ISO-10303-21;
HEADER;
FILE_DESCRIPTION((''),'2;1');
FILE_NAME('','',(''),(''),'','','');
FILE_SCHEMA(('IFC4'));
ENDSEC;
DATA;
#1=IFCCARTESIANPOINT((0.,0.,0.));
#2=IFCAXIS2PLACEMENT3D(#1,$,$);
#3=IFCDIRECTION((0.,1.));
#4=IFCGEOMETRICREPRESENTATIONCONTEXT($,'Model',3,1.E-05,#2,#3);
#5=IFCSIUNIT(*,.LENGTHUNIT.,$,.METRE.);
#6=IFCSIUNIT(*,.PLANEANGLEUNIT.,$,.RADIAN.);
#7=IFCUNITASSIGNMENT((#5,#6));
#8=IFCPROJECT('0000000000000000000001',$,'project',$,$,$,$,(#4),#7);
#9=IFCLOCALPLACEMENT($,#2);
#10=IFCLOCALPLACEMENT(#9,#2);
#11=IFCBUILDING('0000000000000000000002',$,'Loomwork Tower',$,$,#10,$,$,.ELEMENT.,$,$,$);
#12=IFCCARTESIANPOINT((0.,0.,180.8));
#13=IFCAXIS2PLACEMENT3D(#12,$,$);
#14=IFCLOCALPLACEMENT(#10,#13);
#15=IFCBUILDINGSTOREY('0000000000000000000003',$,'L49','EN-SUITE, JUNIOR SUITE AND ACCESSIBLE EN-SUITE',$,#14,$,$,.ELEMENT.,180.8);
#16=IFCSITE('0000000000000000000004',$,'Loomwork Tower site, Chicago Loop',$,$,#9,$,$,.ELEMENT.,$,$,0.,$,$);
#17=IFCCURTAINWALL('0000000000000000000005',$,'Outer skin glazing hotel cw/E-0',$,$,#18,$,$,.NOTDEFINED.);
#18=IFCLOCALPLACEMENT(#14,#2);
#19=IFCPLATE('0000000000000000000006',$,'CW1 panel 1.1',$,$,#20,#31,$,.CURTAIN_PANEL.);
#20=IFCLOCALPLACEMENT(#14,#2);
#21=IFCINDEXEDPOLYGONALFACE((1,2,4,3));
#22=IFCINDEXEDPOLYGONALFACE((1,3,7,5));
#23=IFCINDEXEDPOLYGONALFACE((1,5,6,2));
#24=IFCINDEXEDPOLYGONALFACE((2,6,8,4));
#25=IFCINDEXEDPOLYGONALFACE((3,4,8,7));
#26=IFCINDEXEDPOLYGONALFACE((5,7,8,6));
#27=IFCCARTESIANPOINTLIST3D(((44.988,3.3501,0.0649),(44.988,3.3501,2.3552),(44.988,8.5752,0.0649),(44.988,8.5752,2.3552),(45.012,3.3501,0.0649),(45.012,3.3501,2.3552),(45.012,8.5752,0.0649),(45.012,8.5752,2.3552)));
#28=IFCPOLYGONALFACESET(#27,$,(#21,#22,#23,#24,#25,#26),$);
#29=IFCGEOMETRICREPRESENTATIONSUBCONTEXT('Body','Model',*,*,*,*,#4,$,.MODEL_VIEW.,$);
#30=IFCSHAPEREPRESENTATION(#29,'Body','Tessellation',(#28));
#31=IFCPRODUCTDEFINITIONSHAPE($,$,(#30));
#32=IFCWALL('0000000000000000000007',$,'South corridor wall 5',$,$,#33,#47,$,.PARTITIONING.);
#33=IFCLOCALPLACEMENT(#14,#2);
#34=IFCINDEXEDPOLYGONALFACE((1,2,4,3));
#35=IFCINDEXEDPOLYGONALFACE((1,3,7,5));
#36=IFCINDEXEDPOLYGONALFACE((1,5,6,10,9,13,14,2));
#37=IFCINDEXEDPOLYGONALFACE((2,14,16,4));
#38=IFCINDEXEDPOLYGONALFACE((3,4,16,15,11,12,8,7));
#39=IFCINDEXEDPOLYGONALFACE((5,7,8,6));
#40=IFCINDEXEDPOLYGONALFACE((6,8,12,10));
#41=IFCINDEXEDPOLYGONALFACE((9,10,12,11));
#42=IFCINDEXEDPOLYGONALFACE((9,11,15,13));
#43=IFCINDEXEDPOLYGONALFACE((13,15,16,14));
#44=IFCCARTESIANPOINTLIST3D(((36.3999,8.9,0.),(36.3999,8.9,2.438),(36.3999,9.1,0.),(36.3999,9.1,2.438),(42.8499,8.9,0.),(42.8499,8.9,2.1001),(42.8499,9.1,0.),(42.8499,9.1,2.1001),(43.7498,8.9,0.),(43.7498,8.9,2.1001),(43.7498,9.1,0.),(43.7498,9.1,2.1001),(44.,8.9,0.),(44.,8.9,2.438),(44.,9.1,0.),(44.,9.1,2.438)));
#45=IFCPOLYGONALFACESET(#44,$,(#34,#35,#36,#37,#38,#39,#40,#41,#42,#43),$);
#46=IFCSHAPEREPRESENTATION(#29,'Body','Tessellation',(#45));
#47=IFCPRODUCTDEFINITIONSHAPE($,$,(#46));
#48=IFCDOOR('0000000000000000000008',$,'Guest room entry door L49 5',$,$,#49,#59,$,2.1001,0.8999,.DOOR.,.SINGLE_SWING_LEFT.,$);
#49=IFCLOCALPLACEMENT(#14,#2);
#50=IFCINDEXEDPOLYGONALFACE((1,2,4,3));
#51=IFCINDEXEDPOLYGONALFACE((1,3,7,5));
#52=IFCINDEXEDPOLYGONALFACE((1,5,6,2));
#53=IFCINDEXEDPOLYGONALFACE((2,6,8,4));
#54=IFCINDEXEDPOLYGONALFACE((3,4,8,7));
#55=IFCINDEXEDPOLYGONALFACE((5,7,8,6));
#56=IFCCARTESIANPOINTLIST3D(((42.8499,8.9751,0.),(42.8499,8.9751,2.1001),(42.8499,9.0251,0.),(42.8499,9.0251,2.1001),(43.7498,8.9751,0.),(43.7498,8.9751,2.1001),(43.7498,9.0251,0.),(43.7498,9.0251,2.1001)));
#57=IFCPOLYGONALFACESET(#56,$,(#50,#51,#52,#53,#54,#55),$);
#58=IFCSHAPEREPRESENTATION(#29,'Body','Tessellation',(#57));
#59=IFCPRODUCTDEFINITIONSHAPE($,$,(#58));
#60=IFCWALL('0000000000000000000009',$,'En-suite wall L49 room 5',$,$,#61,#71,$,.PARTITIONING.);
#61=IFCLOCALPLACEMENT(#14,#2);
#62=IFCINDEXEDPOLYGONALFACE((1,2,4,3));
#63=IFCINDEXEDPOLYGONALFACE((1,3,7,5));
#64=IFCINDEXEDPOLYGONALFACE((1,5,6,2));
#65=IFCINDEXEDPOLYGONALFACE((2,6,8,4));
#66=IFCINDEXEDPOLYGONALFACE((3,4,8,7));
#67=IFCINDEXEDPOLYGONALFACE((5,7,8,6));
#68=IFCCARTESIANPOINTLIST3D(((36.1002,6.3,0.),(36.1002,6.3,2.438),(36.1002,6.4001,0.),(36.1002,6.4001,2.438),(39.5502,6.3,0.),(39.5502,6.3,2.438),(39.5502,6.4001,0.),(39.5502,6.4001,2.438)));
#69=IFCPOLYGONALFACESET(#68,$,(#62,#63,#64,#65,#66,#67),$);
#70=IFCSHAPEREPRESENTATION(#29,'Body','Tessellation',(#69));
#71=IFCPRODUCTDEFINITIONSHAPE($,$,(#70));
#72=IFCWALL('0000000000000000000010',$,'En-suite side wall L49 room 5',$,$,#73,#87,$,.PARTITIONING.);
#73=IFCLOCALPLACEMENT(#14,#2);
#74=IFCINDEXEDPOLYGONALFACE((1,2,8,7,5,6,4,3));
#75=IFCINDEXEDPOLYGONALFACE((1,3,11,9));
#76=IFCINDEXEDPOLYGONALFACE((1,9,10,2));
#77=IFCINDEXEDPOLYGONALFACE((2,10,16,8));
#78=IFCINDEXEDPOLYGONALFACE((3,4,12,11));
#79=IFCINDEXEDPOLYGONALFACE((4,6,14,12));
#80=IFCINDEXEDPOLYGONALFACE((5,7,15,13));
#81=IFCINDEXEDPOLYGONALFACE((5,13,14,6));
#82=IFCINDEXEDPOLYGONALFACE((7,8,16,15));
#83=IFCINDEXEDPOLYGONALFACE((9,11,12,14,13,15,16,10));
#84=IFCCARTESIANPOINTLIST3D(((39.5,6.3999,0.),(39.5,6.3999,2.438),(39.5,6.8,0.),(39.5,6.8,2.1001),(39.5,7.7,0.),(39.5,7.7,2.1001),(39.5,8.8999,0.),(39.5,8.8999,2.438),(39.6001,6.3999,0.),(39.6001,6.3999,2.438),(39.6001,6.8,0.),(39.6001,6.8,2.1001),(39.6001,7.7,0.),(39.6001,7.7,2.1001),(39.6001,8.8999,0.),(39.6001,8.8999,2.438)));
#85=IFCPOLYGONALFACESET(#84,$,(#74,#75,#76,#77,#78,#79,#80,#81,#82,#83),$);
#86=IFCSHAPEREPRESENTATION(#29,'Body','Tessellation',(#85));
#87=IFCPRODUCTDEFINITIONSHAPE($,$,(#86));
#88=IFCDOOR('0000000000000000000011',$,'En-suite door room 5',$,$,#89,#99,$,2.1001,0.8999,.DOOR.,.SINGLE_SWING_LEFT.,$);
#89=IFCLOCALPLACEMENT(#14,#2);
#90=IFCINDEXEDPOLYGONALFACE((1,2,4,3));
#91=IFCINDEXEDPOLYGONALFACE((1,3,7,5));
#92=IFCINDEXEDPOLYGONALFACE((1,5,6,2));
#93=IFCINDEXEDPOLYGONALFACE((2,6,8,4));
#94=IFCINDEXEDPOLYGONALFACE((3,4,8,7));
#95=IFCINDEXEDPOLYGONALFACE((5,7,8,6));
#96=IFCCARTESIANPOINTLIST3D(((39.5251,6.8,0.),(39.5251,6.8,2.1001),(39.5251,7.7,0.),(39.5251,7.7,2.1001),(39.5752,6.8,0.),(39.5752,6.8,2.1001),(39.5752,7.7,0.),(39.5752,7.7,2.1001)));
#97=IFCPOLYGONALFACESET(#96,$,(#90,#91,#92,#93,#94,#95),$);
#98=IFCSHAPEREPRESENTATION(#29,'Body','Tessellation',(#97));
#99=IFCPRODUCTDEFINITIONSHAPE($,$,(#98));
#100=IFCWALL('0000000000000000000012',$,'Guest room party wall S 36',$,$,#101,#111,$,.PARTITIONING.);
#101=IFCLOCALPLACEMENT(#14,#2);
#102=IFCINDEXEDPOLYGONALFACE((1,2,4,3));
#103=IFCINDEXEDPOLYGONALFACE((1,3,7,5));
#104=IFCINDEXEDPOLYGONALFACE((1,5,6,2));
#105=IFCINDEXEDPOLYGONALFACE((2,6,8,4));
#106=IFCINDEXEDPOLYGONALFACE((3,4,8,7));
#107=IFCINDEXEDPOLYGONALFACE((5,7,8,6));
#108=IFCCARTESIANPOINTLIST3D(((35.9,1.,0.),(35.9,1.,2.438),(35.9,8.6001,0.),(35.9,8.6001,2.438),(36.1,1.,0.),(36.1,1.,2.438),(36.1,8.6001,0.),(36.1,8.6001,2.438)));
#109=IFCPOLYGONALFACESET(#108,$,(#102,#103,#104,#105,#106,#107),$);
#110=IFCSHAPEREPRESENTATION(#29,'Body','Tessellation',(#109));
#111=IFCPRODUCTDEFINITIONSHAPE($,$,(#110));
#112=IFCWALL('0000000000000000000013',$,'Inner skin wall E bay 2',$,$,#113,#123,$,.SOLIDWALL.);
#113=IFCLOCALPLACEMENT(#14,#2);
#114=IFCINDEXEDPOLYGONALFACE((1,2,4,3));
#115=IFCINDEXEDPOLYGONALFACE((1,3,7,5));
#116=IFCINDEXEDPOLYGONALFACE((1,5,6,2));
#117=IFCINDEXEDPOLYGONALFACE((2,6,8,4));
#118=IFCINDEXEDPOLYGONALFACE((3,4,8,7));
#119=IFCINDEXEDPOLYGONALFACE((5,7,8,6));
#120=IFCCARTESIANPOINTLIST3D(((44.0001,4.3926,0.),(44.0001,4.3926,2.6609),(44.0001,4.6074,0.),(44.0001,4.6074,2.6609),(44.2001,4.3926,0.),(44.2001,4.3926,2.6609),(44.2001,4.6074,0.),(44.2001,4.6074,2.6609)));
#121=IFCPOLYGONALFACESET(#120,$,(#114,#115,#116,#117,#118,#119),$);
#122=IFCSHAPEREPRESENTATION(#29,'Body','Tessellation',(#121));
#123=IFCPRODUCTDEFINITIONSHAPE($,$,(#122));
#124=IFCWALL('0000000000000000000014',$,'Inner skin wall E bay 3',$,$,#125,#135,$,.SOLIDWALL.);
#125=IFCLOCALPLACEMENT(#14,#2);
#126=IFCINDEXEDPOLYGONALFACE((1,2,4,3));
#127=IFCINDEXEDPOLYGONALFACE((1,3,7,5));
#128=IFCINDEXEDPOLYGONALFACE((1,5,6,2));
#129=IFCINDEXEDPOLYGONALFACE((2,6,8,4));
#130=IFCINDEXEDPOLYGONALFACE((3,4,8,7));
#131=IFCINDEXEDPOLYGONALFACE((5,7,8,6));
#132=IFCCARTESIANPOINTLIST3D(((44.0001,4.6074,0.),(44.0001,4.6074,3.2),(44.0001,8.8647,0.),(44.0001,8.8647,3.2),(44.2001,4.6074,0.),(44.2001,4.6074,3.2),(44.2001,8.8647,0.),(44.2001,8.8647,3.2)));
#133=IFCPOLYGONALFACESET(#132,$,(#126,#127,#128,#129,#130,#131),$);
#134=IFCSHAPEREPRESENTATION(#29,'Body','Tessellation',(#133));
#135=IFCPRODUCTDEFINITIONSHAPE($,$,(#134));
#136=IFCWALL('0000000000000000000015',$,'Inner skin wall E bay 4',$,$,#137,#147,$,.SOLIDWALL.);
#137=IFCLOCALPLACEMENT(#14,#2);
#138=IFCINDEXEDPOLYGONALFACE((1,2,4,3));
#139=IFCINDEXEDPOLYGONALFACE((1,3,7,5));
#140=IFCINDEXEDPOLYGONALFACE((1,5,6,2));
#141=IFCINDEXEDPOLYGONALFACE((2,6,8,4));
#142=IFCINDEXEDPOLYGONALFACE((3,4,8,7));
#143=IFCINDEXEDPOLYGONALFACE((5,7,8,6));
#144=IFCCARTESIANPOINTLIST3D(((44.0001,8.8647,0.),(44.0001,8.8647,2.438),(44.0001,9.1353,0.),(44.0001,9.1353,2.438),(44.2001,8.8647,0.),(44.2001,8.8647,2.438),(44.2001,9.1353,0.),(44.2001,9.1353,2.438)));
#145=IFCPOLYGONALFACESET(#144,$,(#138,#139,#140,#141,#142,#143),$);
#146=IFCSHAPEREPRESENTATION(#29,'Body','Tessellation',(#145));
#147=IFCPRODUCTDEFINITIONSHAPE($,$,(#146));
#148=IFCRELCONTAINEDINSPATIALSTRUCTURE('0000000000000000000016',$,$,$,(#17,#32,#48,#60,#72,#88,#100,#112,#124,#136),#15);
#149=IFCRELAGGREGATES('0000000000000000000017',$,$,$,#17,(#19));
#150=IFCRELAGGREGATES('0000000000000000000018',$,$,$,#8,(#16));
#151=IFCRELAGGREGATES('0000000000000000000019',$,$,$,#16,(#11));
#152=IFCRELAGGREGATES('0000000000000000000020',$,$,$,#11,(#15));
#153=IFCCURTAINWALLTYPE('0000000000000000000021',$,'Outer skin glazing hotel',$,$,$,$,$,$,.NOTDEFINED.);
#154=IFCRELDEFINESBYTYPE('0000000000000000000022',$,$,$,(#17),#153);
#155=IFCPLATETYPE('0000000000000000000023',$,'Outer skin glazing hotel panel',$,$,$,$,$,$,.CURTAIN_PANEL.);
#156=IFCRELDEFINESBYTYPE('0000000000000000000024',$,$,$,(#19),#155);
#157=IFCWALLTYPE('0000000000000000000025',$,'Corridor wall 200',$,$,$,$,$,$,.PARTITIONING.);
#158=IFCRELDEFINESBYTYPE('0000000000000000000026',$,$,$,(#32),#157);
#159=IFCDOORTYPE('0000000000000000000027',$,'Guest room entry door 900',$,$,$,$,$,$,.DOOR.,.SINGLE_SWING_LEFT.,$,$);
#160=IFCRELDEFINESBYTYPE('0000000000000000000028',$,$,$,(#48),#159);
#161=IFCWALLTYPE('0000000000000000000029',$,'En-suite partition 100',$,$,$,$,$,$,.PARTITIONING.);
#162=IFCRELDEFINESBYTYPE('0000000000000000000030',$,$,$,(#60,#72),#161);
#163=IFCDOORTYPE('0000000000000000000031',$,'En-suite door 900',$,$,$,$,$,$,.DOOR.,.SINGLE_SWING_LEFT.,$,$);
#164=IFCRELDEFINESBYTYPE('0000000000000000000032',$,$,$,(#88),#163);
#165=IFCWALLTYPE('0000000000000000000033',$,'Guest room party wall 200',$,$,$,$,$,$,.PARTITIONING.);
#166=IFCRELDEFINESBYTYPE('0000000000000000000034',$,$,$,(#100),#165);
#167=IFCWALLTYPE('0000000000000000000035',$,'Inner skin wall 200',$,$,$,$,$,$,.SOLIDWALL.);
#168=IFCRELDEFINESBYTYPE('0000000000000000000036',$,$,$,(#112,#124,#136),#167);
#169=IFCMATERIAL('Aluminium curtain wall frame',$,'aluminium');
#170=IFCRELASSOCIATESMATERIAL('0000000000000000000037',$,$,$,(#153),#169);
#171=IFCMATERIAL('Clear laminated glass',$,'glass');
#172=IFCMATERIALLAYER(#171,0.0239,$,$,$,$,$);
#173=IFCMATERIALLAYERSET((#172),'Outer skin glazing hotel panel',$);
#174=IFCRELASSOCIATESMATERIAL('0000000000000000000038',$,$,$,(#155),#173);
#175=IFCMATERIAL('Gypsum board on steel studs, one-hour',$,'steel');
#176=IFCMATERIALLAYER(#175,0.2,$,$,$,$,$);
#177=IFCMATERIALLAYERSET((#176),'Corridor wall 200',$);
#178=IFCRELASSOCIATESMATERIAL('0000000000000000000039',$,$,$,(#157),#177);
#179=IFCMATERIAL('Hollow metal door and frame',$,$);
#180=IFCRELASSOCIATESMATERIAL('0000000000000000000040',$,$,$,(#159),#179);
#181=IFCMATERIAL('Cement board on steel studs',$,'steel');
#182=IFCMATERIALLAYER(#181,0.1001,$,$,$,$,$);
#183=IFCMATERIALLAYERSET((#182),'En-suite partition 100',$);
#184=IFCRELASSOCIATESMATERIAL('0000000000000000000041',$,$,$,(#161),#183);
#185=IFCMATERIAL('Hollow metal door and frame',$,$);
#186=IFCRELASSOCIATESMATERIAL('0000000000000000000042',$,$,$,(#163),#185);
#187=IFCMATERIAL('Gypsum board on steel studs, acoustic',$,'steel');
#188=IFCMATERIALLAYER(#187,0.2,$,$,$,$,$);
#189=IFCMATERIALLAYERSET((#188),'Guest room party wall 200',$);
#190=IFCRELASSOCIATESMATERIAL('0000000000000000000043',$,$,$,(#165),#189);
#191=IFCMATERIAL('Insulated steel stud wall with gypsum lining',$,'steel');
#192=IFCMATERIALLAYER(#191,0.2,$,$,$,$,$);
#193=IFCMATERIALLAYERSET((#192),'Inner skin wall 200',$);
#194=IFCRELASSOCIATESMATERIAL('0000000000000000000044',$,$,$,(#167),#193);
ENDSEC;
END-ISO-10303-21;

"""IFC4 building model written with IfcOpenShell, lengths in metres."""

from ifc_helpers import new_model, si_unit, direction, frame, frame_2d, origin, origin_2d, place, context, subcontext, project, spatial, rectangle, extrude, material, layer, layer_set, type_object, element, fill, aggregate, save


model = new_model("IFC4")

# Units and contexts
model_context = context("Model", 3, precision=1e-05, world=origin(), true_north=direction((0.0, 1.0)))
body_context = subcontext(model_context, "Body", "Model", "MODEL_VIEW")
ifc_project = project(units=[si_unit("LENGTHUNIT", "METRE"), si_unit("PLANEANGLEUNIT", "RADIAN")], contexts=[model_context])

# Site, building, storey
site_placement = place(None, origin())
site = spatial("IfcSite", under=ifc_project, at=site_placement, Name="Loomwork Tower site, Chicago Loop", CompositionType="ELEMENT", RefElevation=0.0)
building_placement = place(site_placement, origin())
building = spatial("IfcBuilding", under=site, at=building_placement, Name="Loomwork Tower", CompositionType="ELEMENT")
storey_placement = place(building_placement, frame((0.0, 0.0, 180.8)))
storey = spatial("IfcBuildingStorey", under=building, at=storey_placement, Name="L49", Description="EN-SUITE, JUNIOR SUITE AND ACCESSIBLE EN-SUITE", CompositionType="ELEMENT", Elevation=180.8)

# Curtain wall
ifc_material_1 = material(Name="Aluminium curtain wall frame", Category="aluminium")
curtain_wall_type = type_object("IfcCurtainWallType", Name="Outer skin glazing hotel", PredefinedType="NOTDEFINED", material=ifc_material_1)
curtain_wall_1_placement = place(storey_placement, origin())
curtain_wall_1 = element("IfcCurtainWall", 1, at=curtain_wall_1_placement, inside=storey, type_object=curtain_wall_type, Name="Outer skin glazing hotel cw/E-0", PredefinedType="NOTDEFINED")

# Plate
ifc_material_2 = material(Name="Clear laminated glass", Category="glass")
ifc_layer_1 = layer(ifc_material_2, 0.0239)
ifc_layer_set_1 = layer_set([ifc_layer_1], Name="Outer skin glazing hotel panel")
plate_type = type_object("IfcPlateType", Name="Outer skin glazing hotel panel", PredefinedType="CURTAIN_PANEL", material=ifc_layer_set_1)
plate_placement = place(storey_placement, frame((45.0, 5.9626, 0.0649), z_axis=(0.0, 0.0, 1.0), x_axis=(0.0, 1.0, 0.0)))
plate = element("IfcPlate", 2, at=plate_placement, type_object=plate_type, Name="CW1 panel 1.1", PredefinedType="CURTAIN_PANEL", context=body_context, shape_type="SweptSolid", body=[
    extrude(rectangle(XDim=5.2251, YDim=0.0239, at=origin_2d()), origin(), (0.0, 0.0, 1.0), 2.2903),
])
aggregate(curtain_wall_1, [plate])

# Wall, opening, door
ifc_material_3 = material(Name="Gypsum board on steel studs, one-hour", Category="steel")
ifc_layer_2 = layer(ifc_material_3, 0.2)
ifc_layer_set_2 = layer_set([ifc_layer_2], Name="Corridor wall 200")
wall_type_1 = type_object("IfcWallType", Name="Corridor wall 200", PredefinedType="PARTITIONING", material=ifc_layer_set_2)
wall_1_placement = place(storey_placement, frame((36.3999, 9.0, 0.0), z_axis=(0.0, 0.0, 1.0), x_axis=(1.0, 0.0, 0.0)))
wall_1 = element("IfcWall", 3, at=wall_1_placement, inside=storey, type_object=wall_type_1, Name="South corridor wall 5", PredefinedType="PARTITIONING", context=body_context, shape_type="SweptSolid", body=[
    extrude(rectangle(XDim=7.6001, YDim=0.2, at=frame_2d((3.8, 0.0))), origin(), (0.0, 0.0, 1.0), 2.438),
])
opening_1_placement = place(wall_1_placement, frame((6.45, 0.0, 0.0)))
opening_1 = element("IfcOpeningElement", 4, at=opening_1_placement, cuts=wall_1, PredefinedType="OPENING", context=body_context, shape_type="SweptSolid", body=[
    extrude(rectangle(XDim=0.8999, YDim=2.1001, at=frame_2d((0.45, 1.05))), frame((0.0, 0.1099, 0.0), z_axis=(0.0, -1.0, 0.0), x_axis=(1.0, 0.0, 0.0)), (0.0, 0.0, 1.0), 0.22),
])
ifc_material_4 = material(Name="Hollow metal door and frame")
door_type_1 = type_object("IfcDoorType", Name="Guest room entry door 900", OperationType="SINGLE_SWING_LEFT", PredefinedType="DOOR", material=ifc_material_4)
door_1_placement = place(opening_1_placement, frame((0.8999, 0.0, 0.0), z_axis=(0.0, 0.0, 1.0), x_axis=(-1.0, 0.0, 0.0)))
door_1 = element("IfcDoor", 5, at=door_1_placement, inside=storey, type_object=door_type_1, Name="Guest room entry door L49 5", OperationType="SINGLE_SWING_LEFT", OverallHeight=2.1001, OverallWidth=0.8999, PredefinedType="DOOR", context=body_context, shape_type="SweptSolid", body=[
    extrude(rectangle(XDim=0.8999, YDim=2.1001, at=frame_2d((0.45, 1.05))), frame((0.0, 0.0249, 0.0), z_axis=(0.0, -1.0, 0.0), x_axis=(1.0, 0.0, 0.0)), (0.0, 0.0, 1.0), 0.05),
])
fill(opening_1, door_1)

# Wall
ifc_material_5 = material(Name="Cement board on steel studs", Category="steel")
ifc_layer_3 = layer(ifc_material_5, 0.1001)
ifc_layer_set_3 = layer_set([ifc_layer_3], Name="En-suite partition 100")
wall_type_2 = type_object("IfcWallType", Name="En-suite partition 100", PredefinedType="PARTITIONING", material=ifc_layer_set_3)
wall_2_placement = place(storey_placement, frame((36.1001, 6.3501, 0.0), z_axis=(0.0, 0.0, 1.0), x_axis=(1.0, 0.0, 0.0)))
element("IfcWall", 6, at=wall_2_placement, inside=storey, type_object=wall_type_2, Name="En-suite wall L49 room 5", PredefinedType="PARTITIONING", context=body_context, shape_type="SweptSolid", body=[
    extrude(rectangle(XDim=3.45, YDim=0.1001, at=frame_2d((1.7251, 0.0))), origin(), (0.0, 0.0, 1.0), 2.438),
])

# Wall, opening, door
wall_3_placement = place(storey_placement, frame((39.55, 8.8999, 0.0), z_axis=(0.0, 0.0, 1.0), x_axis=(0.0, -1.0, 0.0)))
wall_3 = element("IfcWall", 7, at=wall_3_placement, inside=storey, type_object=wall_type_2, Name="En-suite side wall L49 room 5", PredefinedType="PARTITIONING", context=body_context, shape_type="SweptSolid", body=[
    extrude(rectangle(XDim=2.5, YDim=0.1001, at=frame_2d((1.25, 0.0))), origin(), (0.0, 0.0, 1.0), 2.438),
])
opening_2_placement = place(wall_3_placement, frame((1.2, 0.0, 0.0)))
opening_2 = element("IfcOpeningElement", 8, at=opening_2_placement, cuts=wall_3, PredefinedType="OPENING", context=body_context, shape_type="SweptSolid", body=[
    extrude(rectangle(XDim=0.8999, YDim=2.1001, at=frame_2d((0.45, 1.05))), frame((0.0, 0.0601, 0.0), z_axis=(0.0, -1.0, 0.0), x_axis=(1.0, 0.0, 0.0)), (0.0, 0.0, 1.0), 0.1201),
])
ifc_material_6 = material(Name="Hollow metal door and frame")
door_type_2 = type_object("IfcDoorType", Name="En-suite door 900", OperationType="SINGLE_SWING_LEFT", PredefinedType="DOOR", material=ifc_material_6)
door_2_placement = place(opening_2_placement, frame((0.8999, 0.0, 0.0), z_axis=(0.0, 0.0, 1.0), x_axis=(-1.0, 0.0, 0.0)))
door_2 = element("IfcDoor", 9, at=door_2_placement, inside=storey, type_object=door_type_2, Name="En-suite door room 5", OperationType="SINGLE_SWING_LEFT", OverallHeight=2.1001, OverallWidth=0.8999, PredefinedType="DOOR", context=body_context, shape_type="SweptSolid", body=[
    extrude(rectangle(XDim=0.8999, YDim=2.1001, at=frame_2d((0.45, 1.05))), frame((0.0, 0.0249, 0.0), z_axis=(0.0, -1.0, 0.0), x_axis=(1.0, 0.0, 0.0)), (0.0, 0.0, 1.0), 0.05),
])
fill(opening_2, door_2)

# Walls
ifc_material_7 = material(Name="Gypsum board on steel studs, acoustic", Category="steel")
ifc_layer_4 = layer(ifc_material_7, 0.2)
ifc_layer_set_4 = layer_set([ifc_layer_4], Name="Guest room party wall 200")
wall_type_3 = type_object("IfcWallType", Name="Guest room party wall 200", PredefinedType="PARTITIONING", material=ifc_layer_set_4)
wall_4_placement = place(storey_placement, frame((36.0, 8.6001, 0.0), z_axis=(0.0, 0.0, 1.0), x_axis=(0.0, -1.0, 0.0)))
element("IfcWall", 10, at=wall_4_placement, inside=storey, type_object=wall_type_3, Name="Guest room party wall S 36", PredefinedType="PARTITIONING", context=body_context, shape_type="SweptSolid", body=[
    extrude(rectangle(XDim=7.6001, YDim=0.2, at=frame_2d((3.8, 0.0))), origin(), (0.0, 0.0, 1.0), 2.438),
])
ifc_material_8 = material(Name="Insulated steel stud wall with gypsum lining", Category="steel")
ifc_layer_5 = layer(ifc_material_8, 0.2)
ifc_layer_set_5 = layer_set([ifc_layer_5], Name="Inner skin wall 200")
wall_type_4 = type_object("IfcWallType", Name="Inner skin wall 200", PredefinedType="SOLIDWALL", material=ifc_layer_set_5)
wall_5_placement = place(storey_placement, frame((44.1001, 4.3926, 0.0), z_axis=(0.0, 0.0, 1.0), x_axis=(0.0, 1.0, 0.0)))
element("IfcWall", 11, at=wall_5_placement, inside=storey, type_object=wall_type_4, Name="Inner skin wall E bay 2", PredefinedType="SOLIDWALL", context=body_context, shape_type="SweptSolid", body=[
    extrude(rectangle(XDim=0.2148, YDim=0.2, at=frame_2d((0.1074, 0.0))), origin(), (0.0, 0.0, 1.0), 2.6609),
])
wall_6_placement = place(storey_placement, frame((44.1001, 4.6074, 0.0), z_axis=(0.0, 0.0, 1.0), x_axis=(0.0, 1.0, 0.0)))
element("IfcWall", 12, at=wall_6_placement, inside=storey, type_object=wall_type_4, Name="Inner skin wall E bay 3", PredefinedType="SOLIDWALL", context=body_context, shape_type="SweptSolid", body=[
    extrude(rectangle(XDim=4.2573, YDim=0.2, at=frame_2d((2.1287, 0.0))), origin(), (0.0, 0.0, 1.0), 3.2),
])
wall_7_placement = place(storey_placement, frame((44.1001, 8.8647, 0.0), z_axis=(0.0, 0.0, 1.0), x_axis=(0.0, 1.0, 0.0)))
element("IfcWall", 13, at=wall_7_placement, inside=storey, type_object=wall_type_4, Name="Inner skin wall E bay 4", PredefinedType="SOLIDWALL", context=body_context, shape_type="SweptSolid", body=[
    extrude(rectangle(XDim=0.2705, YDim=0.2, at=frame_2d((0.1353, 0.0))), origin(), (0.0, 0.0, 1.0), 2.438),
])

save(model, "model.ifc")
